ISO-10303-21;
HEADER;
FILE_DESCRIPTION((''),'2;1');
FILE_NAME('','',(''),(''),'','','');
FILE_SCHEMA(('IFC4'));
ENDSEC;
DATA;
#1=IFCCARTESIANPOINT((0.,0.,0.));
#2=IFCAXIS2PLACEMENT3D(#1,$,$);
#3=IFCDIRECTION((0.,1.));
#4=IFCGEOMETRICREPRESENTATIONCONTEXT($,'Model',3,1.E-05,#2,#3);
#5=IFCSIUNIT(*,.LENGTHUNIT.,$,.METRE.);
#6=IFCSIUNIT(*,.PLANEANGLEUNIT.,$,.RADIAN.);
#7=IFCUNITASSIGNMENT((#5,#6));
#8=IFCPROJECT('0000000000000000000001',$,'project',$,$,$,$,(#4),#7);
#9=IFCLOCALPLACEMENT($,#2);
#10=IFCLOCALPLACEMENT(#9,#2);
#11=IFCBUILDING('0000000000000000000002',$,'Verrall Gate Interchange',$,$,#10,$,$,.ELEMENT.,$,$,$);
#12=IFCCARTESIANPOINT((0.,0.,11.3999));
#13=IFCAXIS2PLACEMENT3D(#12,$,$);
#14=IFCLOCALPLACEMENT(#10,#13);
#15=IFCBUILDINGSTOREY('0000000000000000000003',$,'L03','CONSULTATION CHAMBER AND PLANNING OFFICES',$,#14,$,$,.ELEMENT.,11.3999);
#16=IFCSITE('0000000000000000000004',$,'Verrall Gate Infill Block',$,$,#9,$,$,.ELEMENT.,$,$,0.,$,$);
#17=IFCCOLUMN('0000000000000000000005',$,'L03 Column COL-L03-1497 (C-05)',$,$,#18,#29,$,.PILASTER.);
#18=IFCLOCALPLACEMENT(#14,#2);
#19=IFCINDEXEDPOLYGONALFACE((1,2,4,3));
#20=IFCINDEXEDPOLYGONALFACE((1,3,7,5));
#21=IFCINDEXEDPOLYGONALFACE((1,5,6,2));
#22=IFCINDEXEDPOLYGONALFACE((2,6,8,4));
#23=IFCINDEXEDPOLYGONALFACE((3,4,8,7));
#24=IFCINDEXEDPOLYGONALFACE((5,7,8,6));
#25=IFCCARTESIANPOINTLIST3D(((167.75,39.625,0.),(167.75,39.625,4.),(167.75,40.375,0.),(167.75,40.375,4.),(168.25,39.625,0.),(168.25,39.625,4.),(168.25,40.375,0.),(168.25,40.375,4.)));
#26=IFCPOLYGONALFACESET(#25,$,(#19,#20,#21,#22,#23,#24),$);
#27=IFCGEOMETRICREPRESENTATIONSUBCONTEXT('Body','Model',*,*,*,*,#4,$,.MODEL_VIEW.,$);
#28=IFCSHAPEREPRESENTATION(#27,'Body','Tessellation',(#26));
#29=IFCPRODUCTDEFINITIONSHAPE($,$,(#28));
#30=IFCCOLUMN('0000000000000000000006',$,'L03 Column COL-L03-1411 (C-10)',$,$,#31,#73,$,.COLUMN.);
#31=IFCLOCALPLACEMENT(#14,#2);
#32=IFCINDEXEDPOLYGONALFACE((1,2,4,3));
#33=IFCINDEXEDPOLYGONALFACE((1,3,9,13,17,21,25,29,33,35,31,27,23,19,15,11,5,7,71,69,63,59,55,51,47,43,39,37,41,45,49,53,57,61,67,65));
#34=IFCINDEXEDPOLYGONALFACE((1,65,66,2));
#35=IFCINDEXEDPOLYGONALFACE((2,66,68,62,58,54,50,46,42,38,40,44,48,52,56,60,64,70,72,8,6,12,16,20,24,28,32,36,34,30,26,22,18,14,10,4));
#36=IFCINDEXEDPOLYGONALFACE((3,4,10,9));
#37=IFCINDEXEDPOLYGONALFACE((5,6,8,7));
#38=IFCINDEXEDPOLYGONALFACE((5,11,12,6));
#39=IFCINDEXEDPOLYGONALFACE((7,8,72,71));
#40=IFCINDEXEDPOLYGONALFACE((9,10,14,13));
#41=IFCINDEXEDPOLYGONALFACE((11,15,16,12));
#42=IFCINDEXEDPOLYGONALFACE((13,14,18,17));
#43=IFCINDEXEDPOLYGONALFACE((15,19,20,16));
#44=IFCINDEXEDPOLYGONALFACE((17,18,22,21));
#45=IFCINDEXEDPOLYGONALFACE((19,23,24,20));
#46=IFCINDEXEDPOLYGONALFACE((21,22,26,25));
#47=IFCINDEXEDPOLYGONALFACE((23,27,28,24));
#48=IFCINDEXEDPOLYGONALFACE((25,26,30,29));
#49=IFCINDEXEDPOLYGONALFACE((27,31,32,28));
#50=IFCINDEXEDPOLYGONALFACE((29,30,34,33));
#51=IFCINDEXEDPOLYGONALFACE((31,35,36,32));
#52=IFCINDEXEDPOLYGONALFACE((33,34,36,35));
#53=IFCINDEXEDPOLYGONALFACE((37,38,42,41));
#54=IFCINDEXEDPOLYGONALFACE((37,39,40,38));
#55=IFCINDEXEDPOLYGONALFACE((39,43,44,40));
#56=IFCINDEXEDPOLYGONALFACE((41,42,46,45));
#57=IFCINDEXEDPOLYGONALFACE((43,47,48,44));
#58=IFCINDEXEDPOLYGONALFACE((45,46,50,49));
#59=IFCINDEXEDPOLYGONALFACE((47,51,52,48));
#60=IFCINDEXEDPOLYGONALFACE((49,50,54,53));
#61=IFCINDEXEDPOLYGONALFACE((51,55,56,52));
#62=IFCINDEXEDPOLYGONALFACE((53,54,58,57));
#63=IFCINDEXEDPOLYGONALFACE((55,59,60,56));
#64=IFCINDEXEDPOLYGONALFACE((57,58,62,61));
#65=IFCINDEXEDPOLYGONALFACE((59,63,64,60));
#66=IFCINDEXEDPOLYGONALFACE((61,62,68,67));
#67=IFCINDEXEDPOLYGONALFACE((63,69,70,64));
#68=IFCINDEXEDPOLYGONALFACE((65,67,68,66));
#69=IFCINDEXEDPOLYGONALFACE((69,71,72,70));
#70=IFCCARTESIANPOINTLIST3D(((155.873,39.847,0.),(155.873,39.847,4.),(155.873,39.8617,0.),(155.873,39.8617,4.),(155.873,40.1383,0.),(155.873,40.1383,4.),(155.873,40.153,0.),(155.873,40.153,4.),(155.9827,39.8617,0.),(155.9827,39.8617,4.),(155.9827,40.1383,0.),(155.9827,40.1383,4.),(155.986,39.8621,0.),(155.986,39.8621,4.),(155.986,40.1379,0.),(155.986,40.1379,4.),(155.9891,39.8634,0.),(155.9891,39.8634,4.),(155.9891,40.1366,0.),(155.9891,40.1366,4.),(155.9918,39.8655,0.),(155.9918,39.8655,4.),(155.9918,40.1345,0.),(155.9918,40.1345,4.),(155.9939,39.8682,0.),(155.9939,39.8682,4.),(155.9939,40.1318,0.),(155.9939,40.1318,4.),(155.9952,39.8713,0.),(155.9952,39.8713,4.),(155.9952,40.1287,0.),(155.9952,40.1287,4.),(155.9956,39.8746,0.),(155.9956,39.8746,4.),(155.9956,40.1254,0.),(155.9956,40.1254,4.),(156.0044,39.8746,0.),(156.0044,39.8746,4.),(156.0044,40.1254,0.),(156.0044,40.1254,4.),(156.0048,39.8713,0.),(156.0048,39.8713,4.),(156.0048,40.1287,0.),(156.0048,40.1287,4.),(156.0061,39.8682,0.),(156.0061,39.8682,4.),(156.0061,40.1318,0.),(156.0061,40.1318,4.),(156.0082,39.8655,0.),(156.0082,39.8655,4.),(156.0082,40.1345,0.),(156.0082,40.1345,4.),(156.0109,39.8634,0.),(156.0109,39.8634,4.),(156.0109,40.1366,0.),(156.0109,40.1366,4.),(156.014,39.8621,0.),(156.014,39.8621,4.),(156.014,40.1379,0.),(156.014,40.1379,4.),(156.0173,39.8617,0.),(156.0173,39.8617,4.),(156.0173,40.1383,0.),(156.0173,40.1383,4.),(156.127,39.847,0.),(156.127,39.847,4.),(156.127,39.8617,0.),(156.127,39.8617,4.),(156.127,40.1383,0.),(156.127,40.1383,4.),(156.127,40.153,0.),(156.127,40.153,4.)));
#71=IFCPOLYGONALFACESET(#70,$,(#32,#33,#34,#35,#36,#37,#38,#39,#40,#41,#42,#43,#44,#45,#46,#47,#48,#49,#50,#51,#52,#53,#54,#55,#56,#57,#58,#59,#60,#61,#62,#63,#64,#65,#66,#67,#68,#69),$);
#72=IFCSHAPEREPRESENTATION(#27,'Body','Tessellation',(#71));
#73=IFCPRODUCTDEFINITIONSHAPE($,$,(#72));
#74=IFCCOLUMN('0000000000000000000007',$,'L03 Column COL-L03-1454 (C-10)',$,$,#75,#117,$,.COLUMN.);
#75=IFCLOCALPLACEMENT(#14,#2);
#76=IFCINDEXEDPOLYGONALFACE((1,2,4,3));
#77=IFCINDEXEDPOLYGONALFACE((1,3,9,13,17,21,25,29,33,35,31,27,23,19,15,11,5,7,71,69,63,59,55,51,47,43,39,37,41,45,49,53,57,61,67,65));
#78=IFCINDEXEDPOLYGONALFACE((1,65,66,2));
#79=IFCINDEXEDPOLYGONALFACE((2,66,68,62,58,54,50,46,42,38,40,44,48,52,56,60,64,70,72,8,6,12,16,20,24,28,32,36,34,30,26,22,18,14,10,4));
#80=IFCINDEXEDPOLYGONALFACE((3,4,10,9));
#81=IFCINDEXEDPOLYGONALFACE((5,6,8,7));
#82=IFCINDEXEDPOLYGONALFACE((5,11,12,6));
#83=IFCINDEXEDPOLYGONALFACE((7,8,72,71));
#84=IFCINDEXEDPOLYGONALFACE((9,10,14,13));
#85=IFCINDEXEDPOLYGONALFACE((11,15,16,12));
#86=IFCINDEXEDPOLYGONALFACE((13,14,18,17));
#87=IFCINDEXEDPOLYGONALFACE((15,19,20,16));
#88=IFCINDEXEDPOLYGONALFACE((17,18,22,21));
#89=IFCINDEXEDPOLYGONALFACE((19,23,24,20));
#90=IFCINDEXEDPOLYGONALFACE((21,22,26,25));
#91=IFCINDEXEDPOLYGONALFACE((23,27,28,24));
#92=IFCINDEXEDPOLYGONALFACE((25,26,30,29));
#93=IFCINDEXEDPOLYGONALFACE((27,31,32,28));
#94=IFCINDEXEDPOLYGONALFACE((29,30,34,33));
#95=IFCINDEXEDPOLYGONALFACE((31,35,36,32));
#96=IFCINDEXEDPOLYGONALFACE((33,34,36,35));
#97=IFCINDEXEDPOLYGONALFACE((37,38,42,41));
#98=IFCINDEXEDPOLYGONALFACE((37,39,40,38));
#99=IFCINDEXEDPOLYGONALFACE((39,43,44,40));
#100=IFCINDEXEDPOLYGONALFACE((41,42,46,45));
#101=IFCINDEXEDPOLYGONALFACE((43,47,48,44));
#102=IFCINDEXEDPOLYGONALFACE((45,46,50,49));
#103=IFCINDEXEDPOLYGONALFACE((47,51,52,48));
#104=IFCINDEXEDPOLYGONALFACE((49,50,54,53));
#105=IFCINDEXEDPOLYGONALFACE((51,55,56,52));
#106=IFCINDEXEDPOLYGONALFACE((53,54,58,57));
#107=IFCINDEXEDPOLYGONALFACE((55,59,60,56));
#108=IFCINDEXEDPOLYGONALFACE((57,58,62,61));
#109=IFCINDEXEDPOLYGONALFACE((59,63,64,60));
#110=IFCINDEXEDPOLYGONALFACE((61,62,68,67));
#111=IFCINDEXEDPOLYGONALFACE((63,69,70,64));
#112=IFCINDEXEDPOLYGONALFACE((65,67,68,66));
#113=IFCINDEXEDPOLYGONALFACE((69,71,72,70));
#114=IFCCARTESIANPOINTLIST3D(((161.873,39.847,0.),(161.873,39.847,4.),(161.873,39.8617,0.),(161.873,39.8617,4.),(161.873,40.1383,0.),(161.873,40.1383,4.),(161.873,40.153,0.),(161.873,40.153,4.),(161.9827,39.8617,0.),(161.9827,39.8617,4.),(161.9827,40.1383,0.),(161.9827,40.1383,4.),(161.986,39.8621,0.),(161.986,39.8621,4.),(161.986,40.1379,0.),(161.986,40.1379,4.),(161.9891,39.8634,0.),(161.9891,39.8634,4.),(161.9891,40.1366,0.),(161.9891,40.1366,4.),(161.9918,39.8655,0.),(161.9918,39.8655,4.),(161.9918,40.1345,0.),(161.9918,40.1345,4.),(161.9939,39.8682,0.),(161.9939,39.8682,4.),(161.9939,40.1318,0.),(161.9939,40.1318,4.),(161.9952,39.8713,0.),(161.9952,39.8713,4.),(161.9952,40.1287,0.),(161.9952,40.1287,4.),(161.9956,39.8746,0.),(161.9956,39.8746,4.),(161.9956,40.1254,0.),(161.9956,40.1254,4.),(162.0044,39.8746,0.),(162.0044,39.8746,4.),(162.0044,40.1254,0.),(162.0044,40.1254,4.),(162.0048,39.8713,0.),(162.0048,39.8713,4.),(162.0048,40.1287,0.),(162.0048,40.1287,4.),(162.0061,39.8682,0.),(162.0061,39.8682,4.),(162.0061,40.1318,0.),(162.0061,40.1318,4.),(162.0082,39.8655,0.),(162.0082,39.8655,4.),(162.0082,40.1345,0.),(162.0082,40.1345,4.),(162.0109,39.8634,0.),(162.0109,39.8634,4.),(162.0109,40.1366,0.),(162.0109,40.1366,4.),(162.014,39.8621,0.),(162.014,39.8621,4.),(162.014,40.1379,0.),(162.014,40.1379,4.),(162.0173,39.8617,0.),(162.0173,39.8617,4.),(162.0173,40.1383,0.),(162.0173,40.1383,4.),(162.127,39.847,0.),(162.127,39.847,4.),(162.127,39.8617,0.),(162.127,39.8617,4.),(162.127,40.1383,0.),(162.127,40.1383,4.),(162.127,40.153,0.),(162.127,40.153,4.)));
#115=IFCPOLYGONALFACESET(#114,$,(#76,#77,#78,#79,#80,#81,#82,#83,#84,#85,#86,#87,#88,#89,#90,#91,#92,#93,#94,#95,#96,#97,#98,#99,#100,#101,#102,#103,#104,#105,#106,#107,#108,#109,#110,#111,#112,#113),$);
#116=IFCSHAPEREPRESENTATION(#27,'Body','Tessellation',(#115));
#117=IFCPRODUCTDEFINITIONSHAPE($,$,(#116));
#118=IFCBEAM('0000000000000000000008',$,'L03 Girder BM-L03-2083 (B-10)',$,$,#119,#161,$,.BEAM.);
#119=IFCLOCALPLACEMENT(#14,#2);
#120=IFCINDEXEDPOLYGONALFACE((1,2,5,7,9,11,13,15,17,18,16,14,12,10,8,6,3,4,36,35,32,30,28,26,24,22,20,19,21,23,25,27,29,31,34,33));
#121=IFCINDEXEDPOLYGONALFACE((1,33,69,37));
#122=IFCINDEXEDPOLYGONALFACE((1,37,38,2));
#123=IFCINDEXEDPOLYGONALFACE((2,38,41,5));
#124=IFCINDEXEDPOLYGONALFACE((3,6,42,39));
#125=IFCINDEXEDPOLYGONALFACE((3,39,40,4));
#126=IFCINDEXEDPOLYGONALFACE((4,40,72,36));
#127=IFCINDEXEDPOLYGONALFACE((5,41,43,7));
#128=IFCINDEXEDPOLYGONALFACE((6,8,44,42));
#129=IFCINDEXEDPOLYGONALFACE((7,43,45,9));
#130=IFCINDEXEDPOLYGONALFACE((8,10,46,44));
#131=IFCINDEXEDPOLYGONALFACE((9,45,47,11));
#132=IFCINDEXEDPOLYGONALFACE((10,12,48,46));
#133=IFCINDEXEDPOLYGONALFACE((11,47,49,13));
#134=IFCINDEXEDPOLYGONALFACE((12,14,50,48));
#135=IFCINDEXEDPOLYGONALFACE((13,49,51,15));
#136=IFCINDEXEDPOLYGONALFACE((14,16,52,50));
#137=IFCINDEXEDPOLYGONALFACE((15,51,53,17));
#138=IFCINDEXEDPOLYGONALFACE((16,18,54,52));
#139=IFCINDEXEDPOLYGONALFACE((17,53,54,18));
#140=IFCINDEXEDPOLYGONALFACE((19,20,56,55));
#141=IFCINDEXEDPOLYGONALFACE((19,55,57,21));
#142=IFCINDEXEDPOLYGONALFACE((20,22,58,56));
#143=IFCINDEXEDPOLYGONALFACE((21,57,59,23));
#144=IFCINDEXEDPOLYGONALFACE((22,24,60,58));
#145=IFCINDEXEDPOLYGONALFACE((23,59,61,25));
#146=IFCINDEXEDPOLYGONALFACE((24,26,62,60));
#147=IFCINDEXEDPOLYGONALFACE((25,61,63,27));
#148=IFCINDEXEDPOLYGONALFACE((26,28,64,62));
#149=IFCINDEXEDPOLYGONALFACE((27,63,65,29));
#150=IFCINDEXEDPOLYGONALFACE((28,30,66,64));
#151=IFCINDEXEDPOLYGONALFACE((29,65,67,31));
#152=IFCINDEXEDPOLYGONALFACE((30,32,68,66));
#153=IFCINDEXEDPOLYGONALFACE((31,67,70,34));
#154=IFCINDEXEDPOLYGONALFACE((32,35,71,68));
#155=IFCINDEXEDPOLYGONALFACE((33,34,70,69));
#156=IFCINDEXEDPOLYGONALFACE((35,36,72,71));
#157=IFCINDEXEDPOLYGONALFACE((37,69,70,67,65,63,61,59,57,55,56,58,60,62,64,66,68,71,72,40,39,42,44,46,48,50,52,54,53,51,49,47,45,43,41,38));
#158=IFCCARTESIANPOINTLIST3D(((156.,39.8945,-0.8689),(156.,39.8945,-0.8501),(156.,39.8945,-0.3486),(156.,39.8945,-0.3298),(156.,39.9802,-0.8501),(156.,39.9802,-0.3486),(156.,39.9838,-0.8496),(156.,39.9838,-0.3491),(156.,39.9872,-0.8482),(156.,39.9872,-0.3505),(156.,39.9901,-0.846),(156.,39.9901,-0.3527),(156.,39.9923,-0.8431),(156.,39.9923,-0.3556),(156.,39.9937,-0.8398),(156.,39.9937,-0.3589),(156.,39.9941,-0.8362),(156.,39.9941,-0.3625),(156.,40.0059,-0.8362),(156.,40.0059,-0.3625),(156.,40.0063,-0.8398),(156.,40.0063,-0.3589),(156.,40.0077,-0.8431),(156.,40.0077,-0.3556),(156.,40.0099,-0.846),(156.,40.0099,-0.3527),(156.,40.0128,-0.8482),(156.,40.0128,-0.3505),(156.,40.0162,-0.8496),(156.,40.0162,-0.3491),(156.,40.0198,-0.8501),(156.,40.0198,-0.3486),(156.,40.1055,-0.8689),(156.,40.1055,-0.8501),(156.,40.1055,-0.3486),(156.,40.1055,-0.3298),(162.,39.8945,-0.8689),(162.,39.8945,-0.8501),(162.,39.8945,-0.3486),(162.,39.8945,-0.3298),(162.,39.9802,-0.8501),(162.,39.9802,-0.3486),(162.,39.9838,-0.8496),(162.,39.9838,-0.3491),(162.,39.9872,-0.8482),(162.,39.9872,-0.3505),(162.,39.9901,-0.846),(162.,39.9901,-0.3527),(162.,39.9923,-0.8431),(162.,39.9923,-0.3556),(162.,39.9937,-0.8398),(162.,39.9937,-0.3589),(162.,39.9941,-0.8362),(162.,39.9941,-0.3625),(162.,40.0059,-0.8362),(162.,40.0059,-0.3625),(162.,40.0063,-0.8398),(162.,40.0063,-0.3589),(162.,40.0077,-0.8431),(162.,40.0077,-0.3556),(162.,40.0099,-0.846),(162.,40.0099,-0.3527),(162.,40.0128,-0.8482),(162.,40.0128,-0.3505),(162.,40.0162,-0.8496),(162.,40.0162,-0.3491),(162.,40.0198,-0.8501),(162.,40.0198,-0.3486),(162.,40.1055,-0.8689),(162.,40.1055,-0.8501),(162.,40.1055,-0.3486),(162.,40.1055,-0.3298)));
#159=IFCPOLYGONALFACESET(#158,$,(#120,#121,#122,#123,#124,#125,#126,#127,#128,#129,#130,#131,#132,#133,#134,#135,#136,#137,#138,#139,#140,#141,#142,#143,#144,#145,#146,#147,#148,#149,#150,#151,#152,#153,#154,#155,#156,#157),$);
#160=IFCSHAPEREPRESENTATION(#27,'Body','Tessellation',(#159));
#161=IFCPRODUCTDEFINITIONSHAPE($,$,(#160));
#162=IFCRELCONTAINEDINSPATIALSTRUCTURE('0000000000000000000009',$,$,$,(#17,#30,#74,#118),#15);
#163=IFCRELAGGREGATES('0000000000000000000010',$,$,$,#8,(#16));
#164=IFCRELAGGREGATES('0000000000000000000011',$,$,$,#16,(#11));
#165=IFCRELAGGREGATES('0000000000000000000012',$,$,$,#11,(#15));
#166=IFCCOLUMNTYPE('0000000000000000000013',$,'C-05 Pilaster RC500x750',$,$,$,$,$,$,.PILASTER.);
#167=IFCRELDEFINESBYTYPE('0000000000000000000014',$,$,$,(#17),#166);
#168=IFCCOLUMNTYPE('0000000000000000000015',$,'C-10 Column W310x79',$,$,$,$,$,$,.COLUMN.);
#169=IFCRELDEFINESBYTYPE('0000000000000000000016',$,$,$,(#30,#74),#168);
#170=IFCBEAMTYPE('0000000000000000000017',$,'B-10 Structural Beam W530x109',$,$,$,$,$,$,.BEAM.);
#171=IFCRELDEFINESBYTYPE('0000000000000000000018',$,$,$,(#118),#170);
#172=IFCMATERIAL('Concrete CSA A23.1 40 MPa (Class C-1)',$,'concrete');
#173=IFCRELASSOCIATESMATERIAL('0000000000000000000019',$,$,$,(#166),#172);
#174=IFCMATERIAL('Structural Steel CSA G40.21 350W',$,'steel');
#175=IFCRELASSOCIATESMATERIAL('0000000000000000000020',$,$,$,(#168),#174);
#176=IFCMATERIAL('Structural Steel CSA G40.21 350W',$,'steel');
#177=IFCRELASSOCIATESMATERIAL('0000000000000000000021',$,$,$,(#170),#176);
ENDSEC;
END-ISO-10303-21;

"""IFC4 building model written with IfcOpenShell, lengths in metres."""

from ifc_helpers import new_model, si_unit, direction, frame, origin, origin_2d, place, context, subcontext, project, spatial, rectangle, i_section, extrude, material, material_profile, profile_set, type_object, element, save


model = new_model("IFC4")

# Units and contexts
model_context = context("Model", 3, precision=1e-05, world=origin(), true_north=direction((0.0, 1.0)))
body_context = subcontext(model_context, "Body", "Model", "MODEL_VIEW")
ifc_project = project(units=[si_unit("LENGTHUNIT", "METRE"), si_unit("PLANEANGLEUNIT", "RADIAN")], contexts=[model_context])

# Site, building, storey
site_placement = place(None, origin())
site = spatial("IfcSite", under=ifc_project, at=site_placement, Name="Verrall Gate Infill Block", CompositionType="ELEMENT", RefElevation=0.0)
building_placement = place(site_placement, origin())
building = spatial("IfcBuilding", under=site, at=building_placement, Name="Verrall Gate Interchange", CompositionType="ELEMENT")
storey_placement = place(building_placement, frame((0.0, 0.0, 11.3999)))
storey = spatial("IfcBuildingStorey", under=building, at=storey_placement, Name="L03", Description="CONSULTATION CHAMBER AND PLANNING OFFICES", CompositionType="ELEMENT", Elevation=11.3999)

# Columns
ifc_material_1 = material(Name="Concrete CSA A23.1 40 MPa (Class C-1)", Category="concrete")
ifc_material_profile_1 = material_profile(ifc_material_1, rectangle(XDim=0.5, YDim=0.75, at=origin_2d()), Name="RC500x750")
ifc_profile_set_1 = profile_set([ifc_material_profile_1], Name="Concrete CSA A23.1 40 MPa (Class C-1)")
column_type_1 = type_object("IfcColumnType", Name="C-05 Pilaster RC500x750", PredefinedType="PILASTER", material=ifc_profile_set_1)
column_placement = place(storey_placement, frame((168.0, 40.0, 0.0), z_axis=(0.0, 0.0, 1.0), x_axis=(1.0, 0.0, 0.0)))
element("IfcColumn", 1, at=column_placement, inside=storey, type_object=column_type_1, Name="L03 Column COL-L03-1497 (C-05)", PredefinedType="PILASTER", context=body_context, shape_type="SweptSolid", body=[
    extrude(rectangle(XDim=0.5, YDim=0.75, at=origin_2d()), origin(), (0.0, 0.0, 1.0), 4.0),
])
ifc_material_2 = material(Name="Structural Steel CSA G40.21 350W", Category="steel")
ifc_material_profile_2 = material_profile(ifc_material_2, i_section(OverallWidth=0.2539, OverallDepth=0.3059, WebThickness=0.0088, FlangeThickness=0.0146, FilletRadius=0.0129, at=origin_2d()), Name="W310x79")
ifc_profile_set_2 = profile_set([ifc_material_profile_2], Name="Structural Steel CSA G40.21 350W")
column_type_2 = type_object("IfcColumnType", Name="C-10 Column W310x79", PredefinedType="COLUMN", material=ifc_profile_set_2)
for number, where, z_axis, x_axis, name in (
    (2, (156.0, 40.0, 0.0), (0.0, 0.0, 1.0), (1.0, 0.0, 0.0), "L03 Column COL-L03-1411 (C-10)"),
    (3, (162.0, 40.0, 0.0), (0.0, 0.0, 1.0), (1.0, 0.0, 0.0), "L03 Column COL-L03-1454 (C-10)"),
):
    element("IfcColumn", number, at=place(storey_placement, frame(where, z_axis=z_axis, x_axis=x_axis)), inside=storey, type_object=column_type_2, Name=name, PredefinedType="COLUMN", context=body_context, shape_type="SweptSolid", body=[
        extrude(i_section(OverallWidth=0.2539, OverallDepth=0.3059, WebThickness=0.0088, FlangeThickness=0.0146, FilletRadius=0.0129, at=origin_2d()), origin(), (0.0, 0.0, 1.0), 4.0),
    ])

# Beam
ifc_material_3 = material(Name="Structural Steel CSA G40.21 350W", Category="steel")
ifc_material_profile_3 = material_profile(ifc_material_3, i_section(OverallWidth=0.2109, OverallDepth=0.5391, WebThickness=0.0117, FlangeThickness=0.0188, FilletRadius=0.0139, at=origin_2d()), Name="W530x109")
ifc_profile_set_3 = profile_set([ifc_material_profile_3], Name="Structural Steel CSA G40.21 350W")
beam_type_1 = type_object("IfcBeamType", Name="B-10 Structural Beam W530x109", PredefinedType="BEAM", material=ifc_profile_set_3)
beam_1_placement = place(storey_placement, frame((156.0, 40.0, -0.5994), z_axis=(1.0, 0.0, 0.0), x_axis=(0.0, 1.0, 0.0)))
element("IfcBeam", 4, at=beam_1_placement, inside=storey, type_object=beam_type_1, Name="L03 Girder BM-L03-2083 (B-10)", PredefinedType="BEAM", context=body_context, shape_type="SweptSolid", body=[
    extrude(i_section(OverallWidth=0.2109, OverallDepth=0.5391, WebThickness=0.0117, FlangeThickness=0.0188, FilletRadius=0.0139, at=origin_2d()), origin(), (0.0, 0.0, 1.0), 6.0),
])

save(model, "model.ifc")
